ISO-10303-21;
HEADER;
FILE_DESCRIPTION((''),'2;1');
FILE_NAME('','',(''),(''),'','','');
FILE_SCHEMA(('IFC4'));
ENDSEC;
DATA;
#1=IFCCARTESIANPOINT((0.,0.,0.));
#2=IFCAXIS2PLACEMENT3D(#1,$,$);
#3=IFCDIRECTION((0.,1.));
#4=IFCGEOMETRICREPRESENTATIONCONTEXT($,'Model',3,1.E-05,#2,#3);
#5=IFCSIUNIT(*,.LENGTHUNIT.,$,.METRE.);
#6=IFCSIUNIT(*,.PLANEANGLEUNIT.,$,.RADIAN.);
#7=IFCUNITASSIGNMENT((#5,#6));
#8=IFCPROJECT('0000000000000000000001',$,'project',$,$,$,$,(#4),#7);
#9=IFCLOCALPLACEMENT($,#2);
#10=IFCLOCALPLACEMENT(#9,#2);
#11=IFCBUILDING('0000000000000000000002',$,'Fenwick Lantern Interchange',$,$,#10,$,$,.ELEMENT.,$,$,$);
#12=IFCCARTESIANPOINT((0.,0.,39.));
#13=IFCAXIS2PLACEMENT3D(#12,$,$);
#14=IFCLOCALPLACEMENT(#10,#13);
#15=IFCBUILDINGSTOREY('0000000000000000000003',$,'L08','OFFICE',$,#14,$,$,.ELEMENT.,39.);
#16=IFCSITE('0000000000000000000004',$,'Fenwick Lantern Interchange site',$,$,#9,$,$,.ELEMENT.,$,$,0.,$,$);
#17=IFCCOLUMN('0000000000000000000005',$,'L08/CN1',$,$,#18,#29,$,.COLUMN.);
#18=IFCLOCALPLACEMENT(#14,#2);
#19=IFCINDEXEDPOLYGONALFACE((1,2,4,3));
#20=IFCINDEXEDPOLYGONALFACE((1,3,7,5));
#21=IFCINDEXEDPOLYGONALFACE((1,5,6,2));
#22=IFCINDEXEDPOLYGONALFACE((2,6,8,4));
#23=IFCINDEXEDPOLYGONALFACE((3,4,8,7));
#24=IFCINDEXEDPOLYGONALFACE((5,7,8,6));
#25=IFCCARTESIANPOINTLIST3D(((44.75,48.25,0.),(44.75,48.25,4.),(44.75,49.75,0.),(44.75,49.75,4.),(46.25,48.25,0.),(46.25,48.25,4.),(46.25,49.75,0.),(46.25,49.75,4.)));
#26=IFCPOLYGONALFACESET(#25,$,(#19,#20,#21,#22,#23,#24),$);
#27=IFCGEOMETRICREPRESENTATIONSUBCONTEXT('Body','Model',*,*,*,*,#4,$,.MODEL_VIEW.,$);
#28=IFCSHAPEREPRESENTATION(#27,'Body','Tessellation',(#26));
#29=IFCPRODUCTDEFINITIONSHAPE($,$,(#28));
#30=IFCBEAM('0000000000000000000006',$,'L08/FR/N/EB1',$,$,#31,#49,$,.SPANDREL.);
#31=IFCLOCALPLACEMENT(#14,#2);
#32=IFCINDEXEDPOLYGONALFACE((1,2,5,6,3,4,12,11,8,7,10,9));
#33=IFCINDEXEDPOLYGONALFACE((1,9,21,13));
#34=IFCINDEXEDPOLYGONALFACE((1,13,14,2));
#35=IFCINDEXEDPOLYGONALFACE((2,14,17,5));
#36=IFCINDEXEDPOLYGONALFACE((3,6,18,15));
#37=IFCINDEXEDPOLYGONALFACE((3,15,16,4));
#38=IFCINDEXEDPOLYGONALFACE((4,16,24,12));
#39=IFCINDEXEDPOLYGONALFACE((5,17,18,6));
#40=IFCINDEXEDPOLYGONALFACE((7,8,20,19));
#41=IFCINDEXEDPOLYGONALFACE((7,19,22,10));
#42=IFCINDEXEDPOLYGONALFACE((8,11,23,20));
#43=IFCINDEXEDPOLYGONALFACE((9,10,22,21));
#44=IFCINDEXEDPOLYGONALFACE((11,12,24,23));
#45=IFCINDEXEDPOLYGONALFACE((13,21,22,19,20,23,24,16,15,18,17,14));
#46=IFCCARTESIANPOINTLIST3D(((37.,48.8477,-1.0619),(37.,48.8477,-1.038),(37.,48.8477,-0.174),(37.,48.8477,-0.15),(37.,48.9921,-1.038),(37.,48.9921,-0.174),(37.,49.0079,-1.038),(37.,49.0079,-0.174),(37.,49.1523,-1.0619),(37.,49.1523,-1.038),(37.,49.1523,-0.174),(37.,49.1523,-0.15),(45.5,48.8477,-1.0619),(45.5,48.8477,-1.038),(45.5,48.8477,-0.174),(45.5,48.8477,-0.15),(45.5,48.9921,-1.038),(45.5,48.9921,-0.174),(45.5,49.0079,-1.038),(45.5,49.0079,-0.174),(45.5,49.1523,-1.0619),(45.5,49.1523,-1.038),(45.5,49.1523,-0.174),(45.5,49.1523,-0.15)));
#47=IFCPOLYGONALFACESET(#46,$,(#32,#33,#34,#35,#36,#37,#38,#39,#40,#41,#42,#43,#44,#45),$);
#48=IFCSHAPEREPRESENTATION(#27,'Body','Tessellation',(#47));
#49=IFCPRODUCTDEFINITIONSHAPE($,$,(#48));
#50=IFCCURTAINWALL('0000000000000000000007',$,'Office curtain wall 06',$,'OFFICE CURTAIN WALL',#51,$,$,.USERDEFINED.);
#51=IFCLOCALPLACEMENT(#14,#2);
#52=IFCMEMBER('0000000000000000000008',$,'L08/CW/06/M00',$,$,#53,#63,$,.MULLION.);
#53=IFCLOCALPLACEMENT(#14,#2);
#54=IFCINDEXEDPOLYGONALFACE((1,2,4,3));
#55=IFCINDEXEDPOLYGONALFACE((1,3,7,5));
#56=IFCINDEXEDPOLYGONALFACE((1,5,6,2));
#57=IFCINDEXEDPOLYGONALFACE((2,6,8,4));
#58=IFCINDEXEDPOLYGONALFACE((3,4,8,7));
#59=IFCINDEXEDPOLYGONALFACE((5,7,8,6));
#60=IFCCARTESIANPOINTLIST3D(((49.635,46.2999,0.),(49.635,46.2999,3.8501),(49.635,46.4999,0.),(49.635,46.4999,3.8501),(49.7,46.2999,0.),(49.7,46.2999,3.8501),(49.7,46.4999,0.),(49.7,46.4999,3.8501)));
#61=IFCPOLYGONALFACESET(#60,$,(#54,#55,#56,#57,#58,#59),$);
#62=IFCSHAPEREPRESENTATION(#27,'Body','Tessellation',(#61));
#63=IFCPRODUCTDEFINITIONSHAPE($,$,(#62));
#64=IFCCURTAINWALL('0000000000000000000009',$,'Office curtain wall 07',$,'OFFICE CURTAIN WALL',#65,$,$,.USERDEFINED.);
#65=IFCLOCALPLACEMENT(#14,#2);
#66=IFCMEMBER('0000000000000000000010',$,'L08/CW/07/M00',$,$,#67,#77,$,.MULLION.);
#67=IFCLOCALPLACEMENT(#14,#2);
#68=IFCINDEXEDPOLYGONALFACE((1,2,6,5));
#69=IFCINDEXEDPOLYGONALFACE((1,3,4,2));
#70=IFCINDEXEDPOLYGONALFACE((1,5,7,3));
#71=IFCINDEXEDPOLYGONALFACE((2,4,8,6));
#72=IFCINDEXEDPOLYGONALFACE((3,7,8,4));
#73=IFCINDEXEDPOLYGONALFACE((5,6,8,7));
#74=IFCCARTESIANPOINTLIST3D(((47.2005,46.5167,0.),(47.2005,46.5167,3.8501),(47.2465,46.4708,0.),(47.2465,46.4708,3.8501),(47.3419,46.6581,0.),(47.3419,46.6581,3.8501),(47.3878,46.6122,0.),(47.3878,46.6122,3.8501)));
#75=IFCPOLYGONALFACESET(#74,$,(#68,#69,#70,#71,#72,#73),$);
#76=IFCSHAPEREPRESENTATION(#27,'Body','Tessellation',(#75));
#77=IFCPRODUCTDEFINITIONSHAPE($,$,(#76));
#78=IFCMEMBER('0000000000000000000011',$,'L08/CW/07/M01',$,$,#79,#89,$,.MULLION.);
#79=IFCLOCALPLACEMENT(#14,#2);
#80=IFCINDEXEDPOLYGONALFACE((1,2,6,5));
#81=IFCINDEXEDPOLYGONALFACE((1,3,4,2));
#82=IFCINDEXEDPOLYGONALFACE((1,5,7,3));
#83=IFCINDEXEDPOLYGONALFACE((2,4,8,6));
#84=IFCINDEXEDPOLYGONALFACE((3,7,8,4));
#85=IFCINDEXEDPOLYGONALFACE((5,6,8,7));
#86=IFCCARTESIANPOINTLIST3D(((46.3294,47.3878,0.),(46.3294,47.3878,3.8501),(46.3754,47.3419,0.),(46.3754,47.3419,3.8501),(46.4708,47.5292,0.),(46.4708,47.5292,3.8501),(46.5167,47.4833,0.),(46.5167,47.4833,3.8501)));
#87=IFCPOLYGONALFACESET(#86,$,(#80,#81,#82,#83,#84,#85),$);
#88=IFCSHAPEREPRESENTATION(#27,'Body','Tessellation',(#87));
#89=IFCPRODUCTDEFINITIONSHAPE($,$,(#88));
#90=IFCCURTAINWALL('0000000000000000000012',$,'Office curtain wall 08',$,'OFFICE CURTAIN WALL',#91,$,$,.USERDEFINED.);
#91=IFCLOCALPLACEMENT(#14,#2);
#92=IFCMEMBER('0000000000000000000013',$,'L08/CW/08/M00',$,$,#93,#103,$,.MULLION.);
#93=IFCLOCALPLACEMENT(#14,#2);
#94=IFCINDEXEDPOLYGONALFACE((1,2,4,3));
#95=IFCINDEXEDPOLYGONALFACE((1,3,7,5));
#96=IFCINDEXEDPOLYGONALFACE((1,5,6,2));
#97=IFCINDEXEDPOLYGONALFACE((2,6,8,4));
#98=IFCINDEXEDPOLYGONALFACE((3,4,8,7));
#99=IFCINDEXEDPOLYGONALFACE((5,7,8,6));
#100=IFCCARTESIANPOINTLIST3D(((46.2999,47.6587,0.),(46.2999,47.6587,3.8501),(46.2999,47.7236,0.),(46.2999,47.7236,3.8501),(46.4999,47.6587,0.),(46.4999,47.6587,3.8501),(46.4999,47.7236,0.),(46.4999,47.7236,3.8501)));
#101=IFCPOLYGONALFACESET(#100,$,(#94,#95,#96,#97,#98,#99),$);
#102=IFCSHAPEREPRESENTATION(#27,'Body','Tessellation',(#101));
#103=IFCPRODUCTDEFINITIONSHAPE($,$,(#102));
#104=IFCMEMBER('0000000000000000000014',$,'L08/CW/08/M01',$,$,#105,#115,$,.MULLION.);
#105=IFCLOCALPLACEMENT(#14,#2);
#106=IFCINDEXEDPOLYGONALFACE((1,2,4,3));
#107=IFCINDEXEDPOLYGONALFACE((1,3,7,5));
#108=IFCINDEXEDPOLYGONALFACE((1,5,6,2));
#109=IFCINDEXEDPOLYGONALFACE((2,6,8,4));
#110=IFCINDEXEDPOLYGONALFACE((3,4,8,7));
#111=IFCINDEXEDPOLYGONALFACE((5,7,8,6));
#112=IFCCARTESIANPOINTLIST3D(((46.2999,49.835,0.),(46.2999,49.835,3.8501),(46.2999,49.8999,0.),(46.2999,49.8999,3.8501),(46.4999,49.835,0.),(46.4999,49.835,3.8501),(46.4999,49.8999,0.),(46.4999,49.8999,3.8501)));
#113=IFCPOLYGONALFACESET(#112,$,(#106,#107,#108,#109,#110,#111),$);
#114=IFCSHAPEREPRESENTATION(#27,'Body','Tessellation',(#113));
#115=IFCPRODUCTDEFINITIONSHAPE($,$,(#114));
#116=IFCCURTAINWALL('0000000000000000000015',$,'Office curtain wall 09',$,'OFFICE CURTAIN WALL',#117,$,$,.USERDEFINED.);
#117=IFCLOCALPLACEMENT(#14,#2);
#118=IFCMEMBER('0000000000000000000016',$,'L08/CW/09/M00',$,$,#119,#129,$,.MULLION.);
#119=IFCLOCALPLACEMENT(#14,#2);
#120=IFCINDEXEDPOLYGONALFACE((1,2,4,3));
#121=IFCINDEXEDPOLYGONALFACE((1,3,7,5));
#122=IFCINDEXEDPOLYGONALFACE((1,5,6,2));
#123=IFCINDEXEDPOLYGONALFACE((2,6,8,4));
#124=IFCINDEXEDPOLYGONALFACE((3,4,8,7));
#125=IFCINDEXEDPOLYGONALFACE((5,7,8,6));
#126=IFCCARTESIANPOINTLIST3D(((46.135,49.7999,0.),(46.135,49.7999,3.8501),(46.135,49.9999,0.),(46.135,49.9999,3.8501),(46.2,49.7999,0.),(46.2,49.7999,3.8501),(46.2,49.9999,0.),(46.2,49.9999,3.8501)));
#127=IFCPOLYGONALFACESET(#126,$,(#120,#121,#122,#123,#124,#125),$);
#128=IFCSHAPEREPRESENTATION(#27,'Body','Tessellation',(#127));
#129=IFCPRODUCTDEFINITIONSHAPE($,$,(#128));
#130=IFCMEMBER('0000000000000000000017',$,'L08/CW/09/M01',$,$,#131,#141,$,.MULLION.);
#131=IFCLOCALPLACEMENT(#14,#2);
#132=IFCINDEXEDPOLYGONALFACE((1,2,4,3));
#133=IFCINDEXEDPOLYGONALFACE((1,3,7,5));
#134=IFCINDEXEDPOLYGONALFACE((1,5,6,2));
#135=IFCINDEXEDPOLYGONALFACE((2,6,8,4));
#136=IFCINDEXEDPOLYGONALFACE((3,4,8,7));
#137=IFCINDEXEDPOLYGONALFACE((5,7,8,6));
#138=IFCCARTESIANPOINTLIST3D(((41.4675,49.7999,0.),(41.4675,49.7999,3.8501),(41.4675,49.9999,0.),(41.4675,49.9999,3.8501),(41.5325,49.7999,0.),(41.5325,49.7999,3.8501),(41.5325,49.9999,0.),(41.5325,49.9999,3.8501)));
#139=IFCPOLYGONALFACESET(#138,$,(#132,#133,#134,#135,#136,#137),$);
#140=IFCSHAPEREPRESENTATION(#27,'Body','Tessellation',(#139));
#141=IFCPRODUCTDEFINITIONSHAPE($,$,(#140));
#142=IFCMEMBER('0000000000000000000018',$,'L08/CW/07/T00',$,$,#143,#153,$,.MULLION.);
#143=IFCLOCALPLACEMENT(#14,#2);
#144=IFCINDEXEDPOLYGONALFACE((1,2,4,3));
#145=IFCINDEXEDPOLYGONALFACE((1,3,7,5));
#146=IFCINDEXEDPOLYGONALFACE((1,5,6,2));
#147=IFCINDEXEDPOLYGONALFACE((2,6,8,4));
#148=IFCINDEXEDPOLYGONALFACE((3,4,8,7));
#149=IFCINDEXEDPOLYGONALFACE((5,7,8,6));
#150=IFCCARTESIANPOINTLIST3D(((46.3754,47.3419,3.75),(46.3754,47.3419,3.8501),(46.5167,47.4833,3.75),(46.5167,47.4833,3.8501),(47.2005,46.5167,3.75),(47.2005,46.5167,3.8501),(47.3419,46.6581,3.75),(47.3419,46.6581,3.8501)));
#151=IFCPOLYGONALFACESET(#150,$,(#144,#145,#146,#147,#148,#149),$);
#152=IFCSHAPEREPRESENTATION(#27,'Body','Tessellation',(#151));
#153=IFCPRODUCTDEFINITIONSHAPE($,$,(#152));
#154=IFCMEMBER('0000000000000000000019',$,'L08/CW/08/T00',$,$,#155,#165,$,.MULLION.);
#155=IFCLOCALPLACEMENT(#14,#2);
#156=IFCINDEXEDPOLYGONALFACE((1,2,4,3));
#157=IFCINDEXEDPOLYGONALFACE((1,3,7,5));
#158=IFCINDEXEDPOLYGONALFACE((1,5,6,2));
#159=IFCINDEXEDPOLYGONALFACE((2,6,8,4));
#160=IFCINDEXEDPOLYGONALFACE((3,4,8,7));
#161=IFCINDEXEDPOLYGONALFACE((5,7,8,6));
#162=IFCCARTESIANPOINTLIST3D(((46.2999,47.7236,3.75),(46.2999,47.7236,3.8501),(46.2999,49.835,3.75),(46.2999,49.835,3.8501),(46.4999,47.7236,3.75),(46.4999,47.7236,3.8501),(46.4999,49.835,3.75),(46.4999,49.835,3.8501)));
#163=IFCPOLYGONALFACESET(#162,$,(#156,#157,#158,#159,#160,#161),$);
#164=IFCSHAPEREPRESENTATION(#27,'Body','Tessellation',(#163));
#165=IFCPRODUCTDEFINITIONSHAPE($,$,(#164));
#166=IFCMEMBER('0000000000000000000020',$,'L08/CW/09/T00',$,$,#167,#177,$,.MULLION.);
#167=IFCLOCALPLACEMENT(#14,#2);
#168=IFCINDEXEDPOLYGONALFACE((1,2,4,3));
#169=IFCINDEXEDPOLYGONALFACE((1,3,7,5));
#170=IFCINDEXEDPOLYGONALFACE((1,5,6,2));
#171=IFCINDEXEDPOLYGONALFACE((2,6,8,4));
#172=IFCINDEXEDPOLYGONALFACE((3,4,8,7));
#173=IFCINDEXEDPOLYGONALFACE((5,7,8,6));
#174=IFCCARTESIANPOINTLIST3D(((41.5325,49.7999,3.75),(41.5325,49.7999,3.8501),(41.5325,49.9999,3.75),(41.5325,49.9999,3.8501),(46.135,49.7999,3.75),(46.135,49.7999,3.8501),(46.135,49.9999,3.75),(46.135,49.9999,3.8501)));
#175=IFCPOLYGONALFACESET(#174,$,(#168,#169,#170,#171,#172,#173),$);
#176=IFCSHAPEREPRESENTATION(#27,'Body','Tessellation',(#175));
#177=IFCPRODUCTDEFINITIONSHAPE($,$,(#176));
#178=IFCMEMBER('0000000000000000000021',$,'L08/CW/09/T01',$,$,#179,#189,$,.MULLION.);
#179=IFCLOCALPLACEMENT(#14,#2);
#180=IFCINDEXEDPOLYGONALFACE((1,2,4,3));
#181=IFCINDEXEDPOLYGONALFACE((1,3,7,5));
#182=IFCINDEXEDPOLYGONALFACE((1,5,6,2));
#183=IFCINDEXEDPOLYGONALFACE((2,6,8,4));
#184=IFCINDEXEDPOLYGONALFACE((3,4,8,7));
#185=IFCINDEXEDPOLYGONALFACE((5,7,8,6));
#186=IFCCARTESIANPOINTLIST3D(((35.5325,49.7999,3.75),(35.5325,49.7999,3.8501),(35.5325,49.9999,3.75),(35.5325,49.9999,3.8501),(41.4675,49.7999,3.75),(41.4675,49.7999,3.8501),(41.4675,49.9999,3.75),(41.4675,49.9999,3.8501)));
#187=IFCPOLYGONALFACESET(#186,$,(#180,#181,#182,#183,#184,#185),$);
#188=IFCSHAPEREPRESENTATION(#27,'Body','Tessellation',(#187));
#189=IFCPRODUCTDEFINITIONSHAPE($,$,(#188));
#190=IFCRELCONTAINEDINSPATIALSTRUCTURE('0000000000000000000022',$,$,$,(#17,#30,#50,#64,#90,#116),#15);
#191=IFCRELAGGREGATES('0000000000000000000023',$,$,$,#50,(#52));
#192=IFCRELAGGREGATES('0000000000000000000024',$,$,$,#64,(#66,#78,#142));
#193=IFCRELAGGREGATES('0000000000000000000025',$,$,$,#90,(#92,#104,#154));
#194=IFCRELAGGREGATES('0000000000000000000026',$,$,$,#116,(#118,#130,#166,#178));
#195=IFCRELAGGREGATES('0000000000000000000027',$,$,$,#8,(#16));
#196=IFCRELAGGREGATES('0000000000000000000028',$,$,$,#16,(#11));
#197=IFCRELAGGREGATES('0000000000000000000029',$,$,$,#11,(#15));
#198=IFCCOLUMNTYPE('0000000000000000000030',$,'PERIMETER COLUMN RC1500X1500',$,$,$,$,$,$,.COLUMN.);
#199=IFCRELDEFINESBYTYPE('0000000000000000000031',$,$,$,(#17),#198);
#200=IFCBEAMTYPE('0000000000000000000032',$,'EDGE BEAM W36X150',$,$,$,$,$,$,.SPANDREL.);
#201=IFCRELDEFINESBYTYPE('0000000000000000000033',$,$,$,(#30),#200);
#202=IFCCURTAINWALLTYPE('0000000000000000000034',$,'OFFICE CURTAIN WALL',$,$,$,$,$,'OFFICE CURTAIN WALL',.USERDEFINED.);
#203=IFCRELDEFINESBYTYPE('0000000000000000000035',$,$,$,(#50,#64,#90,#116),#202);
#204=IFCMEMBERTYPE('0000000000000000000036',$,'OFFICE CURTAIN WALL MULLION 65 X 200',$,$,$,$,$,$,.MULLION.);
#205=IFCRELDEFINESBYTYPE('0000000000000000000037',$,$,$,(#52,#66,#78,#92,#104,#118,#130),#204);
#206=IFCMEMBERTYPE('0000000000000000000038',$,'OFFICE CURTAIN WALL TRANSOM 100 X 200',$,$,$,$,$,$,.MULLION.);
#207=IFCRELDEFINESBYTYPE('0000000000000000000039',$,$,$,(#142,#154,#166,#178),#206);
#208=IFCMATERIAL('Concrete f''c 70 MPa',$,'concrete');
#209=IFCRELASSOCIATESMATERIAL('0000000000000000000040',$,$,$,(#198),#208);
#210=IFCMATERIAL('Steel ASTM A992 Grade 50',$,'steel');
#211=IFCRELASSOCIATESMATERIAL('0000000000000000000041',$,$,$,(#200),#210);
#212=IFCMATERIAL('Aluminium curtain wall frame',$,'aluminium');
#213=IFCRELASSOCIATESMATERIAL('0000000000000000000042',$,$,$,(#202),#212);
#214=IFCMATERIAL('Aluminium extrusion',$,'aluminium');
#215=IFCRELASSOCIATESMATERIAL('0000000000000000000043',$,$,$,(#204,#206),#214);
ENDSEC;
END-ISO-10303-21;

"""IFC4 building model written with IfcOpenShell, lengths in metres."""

from ifc_helpers import new_model, si_unit, direction, frame, origin, origin_2d, place, context, subcontext, project, spatial, rectangle, i_section, extrude, material, material_profile, profile_set, type_object, element, aggregate, save


model = new_model("IFC4")

# Units and contexts
model_context = context("Model", 3, precision=1e-05, world=origin(), true_north=direction((0.0, 1.0)))
body_context = subcontext(model_context, "Body", "Model", "MODEL_VIEW")
ifc_project = project(units=[si_unit("LENGTHUNIT", "METRE"), si_unit("PLANEANGLEUNIT", "RADIAN")], contexts=[model_context])

# Site, building, storey
site_placement = place(None, origin())
site = spatial("IfcSite", under=ifc_project, at=site_placement, Name="Fenwick Lantern Interchange site", CompositionType="ELEMENT", RefElevation=0.0)
building_placement = place(site_placement, origin())
building = spatial("IfcBuilding", under=site, at=building_placement, Name="Fenwick Lantern Interchange", CompositionType="ELEMENT")
storey_placement = place(building_placement, frame((0.0, 0.0, 39.0)))
storey = spatial("IfcBuildingStorey", under=building, at=storey_placement, Name="L08", Description="OFFICE", CompositionType="ELEMENT", Elevation=39.0)

# Column
ifc_material_1 = material(Name="Concrete f'c 70 MPa", Category="concrete")
ifc_material_profile_1 = material_profile(ifc_material_1, rectangle(XDim=1.5, YDim=1.5, at=origin_2d()), Name="RC1500X1500")
ifc_profile_set_1 = profile_set([ifc_material_profile_1], Name="Concrete f'c 70 MPa")
column_type = type_object("IfcColumnType", Name="PERIMETER COLUMN RC1500X1500", PredefinedType="COLUMN", material=ifc_profile_set_1)
column_placement = place(storey_placement, frame((45.5, 49.0, 0.0), z_axis=(0.0, 0.0, 1.0), x_axis=(1.0, 0.0, 0.0)))
element("IfcColumn", 1, at=column_placement, inside=storey, type_object=column_type, Name="L08/CN1", PredefinedType="COLUMN", context=body_context, shape_type="SweptSolid", body=[
    extrude(rectangle(XDim=1.5, YDim=1.5, at=origin_2d()), origin(), (0.0, 0.0, 1.0), 4.0),
])

# Beam
ifc_material_2 = material(Name="Steel ASTM A992 Grade 50", Category="steel")
ifc_material_profile_2 = material_profile(ifc_material_2, i_section(OverallWidth=0.3047, OverallDepth=0.9119, WebThickness=0.0159, FlangeThickness=0.0239, at=origin_2d()), Name="W36X150")
ifc_profile_set_2 = profile_set([ifc_material_profile_2], Name="Steel ASTM A992 Grade 50")
beam_type = type_object("IfcBeamType", Name="EDGE BEAM W36X150", PredefinedType="SPANDREL", material=ifc_profile_set_2)
beam_placement = place(storey_placement, frame((45.5, 49.0, -0.606), z_axis=(-1.0, 0.0, 0.0), x_axis=(0.0, -1.0, 0.0)))
element("IfcBeam", 2, at=beam_placement, inside=storey, type_object=beam_type, Name="L08/FR/N/EB1", PredefinedType="SPANDREL", context=body_context, shape_type="SweptSolid", body=[
    extrude(i_section(OverallWidth=0.3047, OverallDepth=0.9119, WebThickness=0.0159, FlangeThickness=0.0239, at=origin_2d()), origin(), (0.0, 0.0, 1.0), 8.5),
])

# Curtain wall, member
ifc_material_3 = material(Name="Aluminium curtain wall frame", Category="aluminium")
curtain_wall_type = type_object("IfcCurtainWallType", Name="OFFICE CURTAIN WALL", ElementType="OFFICE CURTAIN WALL", PredefinedType="USERDEFINED", material=ifc_material_3)
curtain_wall_1_placement = place(storey_placement, origin())
curtain_wall_1 = element("IfcCurtainWall", 3, at=curtain_wall_1_placement, inside=storey, type_object=curtain_wall_type, Name="Office curtain wall 06", ObjectType="OFFICE CURTAIN WALL", PredefinedType="USERDEFINED")
ifc_material_4 = material(Name="Aluminium extrusion", Category="aluminium")
ifc_material_profile_3 = material_profile(ifc_material_4, rectangle(XDim=0.2, YDim=0.0649, at=origin_2d()), Name="OFFICE CURTAIN WALL MULLION 65 X 200")
ifc_profile_set_3 = profile_set([ifc_material_profile_3], Name="Aluminium extrusion")
member_type_1 = type_object("IfcMemberType", Name="OFFICE CURTAIN WALL MULLION 65 X 200", PredefinedType="MULLION", material=ifc_profile_set_3)
member_1_placement = place(storey_placement, frame((49.6675, 46.3999, 0.0), z_axis=(0.0, 0.0, 1.0), x_axis=(0.0, -1.0, 0.0)))
member_1 = element("IfcMember", 4, at=member_1_placement, type_object=member_type_1, Name="L08/CW/06/M00", PredefinedType="MULLION", context=body_context, shape_type="SweptSolid", body=[
    extrude(rectangle(XDim=0.2, YDim=0.0649, at=origin_2d()), origin(), (0.0, 0.0, 1.0), 3.8501),
])
aggregate(curtain_wall_1, [member_1])

# Curtain walls, members
curtain_wall_2_placement = place(storey_placement, origin())
curtain_wall_2 = element("IfcCurtainWall", 5, at=curtain_wall_2_placement, inside=storey, type_object=curtain_wall_type, Name="Office curtain wall 07", ObjectType="OFFICE CURTAIN WALL", PredefinedType="USERDEFINED")
member_2_placement = place(storey_placement, frame((47.2942, 46.5645, 0.0), z_axis=(0.0, 0.0, 1.0), x_axis=(-0.707107, -0.707107, 0.0)))
member_2 = element("IfcMember", 6, at=member_2_placement, type_object=member_type_1, Name="L08/CW/07/M00", PredefinedType="MULLION", context=body_context, shape_type="SweptSolid", body=[
    extrude(rectangle(XDim=0.2, YDim=0.0649, at=origin_2d()), origin(), (0.0, 0.0, 1.0), 3.8501),
])
member_3_placement = place(storey_placement, frame((46.4231, 47.4355, 0.0), z_axis=(0.0, 0.0, 1.0), x_axis=(-0.707107, -0.707107, 0.0)))
member_3 = element("IfcMember", 7, at=member_3_placement, type_object=member_type_1, Name="L08/CW/07/M01", PredefinedType="MULLION", context=body_context, shape_type="SweptSolid", body=[
    extrude(rectangle(XDim=0.2, YDim=0.0649, at=origin_2d()), origin(), (0.0, 0.0, 1.0), 3.8501),
])
curtain_wall_3_placement = place(storey_placement, origin())
curtain_wall_3 = element("IfcCurtainWall", 8, at=curtain_wall_3_placement, inside=storey, type_object=curtain_wall_type, Name="Office curtain wall 08", ObjectType="OFFICE CURTAIN WALL", PredefinedType="USERDEFINED")
member_4_placement = place(storey_placement, frame((46.3999, 47.6912, 0.0), z_axis=(0.0, 0.0, 1.0), x_axis=(-1.0, 0.0, 0.0)))
member_4 = element("IfcMember", 9, at=member_4_placement, type_object=member_type_1, Name="L08/CW/08/M00", PredefinedType="MULLION", context=body_context, shape_type="SweptSolid", body=[
    extrude(rectangle(XDim=0.2, YDim=0.0649, at=origin_2d()), origin(), (0.0, 0.0, 1.0), 3.8501),
])
member_5_placement = place(storey_placement, frame((46.3999, 49.8674, 0.0), z_axis=(0.0, 0.0, 1.0), x_axis=(-1.0, 0.0, 0.0)))
member_5 = element("IfcMember", 10, at=member_5_placement, type_object=member_type_1, Name="L08/CW/08/M01", PredefinedType="MULLION", context=body_context, shape_type="SweptSolid", body=[
    extrude(rectangle(XDim=0.2, YDim=0.0649, at=origin_2d()), origin(), (0.0, 0.0, 1.0), 3.8501),
])
curtain_wall_4_placement = place(storey_placement, origin())
curtain_wall_4 = element("IfcCurtainWall", 11, at=curtain_wall_4_placement, inside=storey, type_object=curtain_wall_type, Name="Office curtain wall 09", ObjectType="OFFICE CURTAIN WALL", PredefinedType="USERDEFINED")
member_6_placement = place(storey_placement, frame((46.1675, 49.8999, 0.0), z_axis=(0.0, 0.0, 1.0), x_axis=(0.0, -1.0, 0.0)))
member_6 = element("IfcMember", 12, at=member_6_placement, type_object=member_type_1, Name="L08/CW/09/M00", PredefinedType="MULLION", context=body_context, shape_type="SweptSolid", body=[
    extrude(rectangle(XDim=0.2, YDim=0.0649, at=origin_2d()), origin(), (0.0, 0.0, 1.0), 3.8501),
])
member_7_placement = place(storey_placement, frame((41.5, 49.8999, 0.0), z_axis=(0.0, 0.0, 1.0), x_axis=(0.0, -1.0, 0.0)))
member_7 = element("IfcMember", 13, at=member_7_placement, type_object=member_type_1, Name="L08/CW/09/M01", PredefinedType="MULLION", context=body_context, shape_type="SweptSolid", body=[
    extrude(rectangle(XDim=0.2, YDim=0.0649, at=origin_2d()), origin(), (0.0, 0.0, 1.0), 3.8501),
])

# Members
ifc_material_profile_4 = material_profile(ifc_material_4, rectangle(XDim=0.2, YDim=0.1001, at=origin_2d()), Name="OFFICE CURTAIN WALL TRANSOM 100 X 200")
ifc_profile_set_4 = profile_set([ifc_material_profile_4], Name="Aluminium extrusion")
member_type_2 = type_object("IfcMemberType", Name="OFFICE CURTAIN WALL TRANSOM 100 X 200", PredefinedType="MULLION", material=ifc_profile_set_4)
member_8_placement = place(storey_placement, frame((47.2712, 46.5874, 3.8), z_axis=(-0.707107, 0.707107, 0.0), x_axis=(-0.707107, -0.707107, 0.0)))
member_8 = element("IfcMember", 14, at=member_8_placement, type_object=member_type_2, Name="L08/CW/07/T00", PredefinedType="MULLION", context=body_context, shape_type="SweptSolid", body=[
    extrude(rectangle(XDim=0.2, YDim=0.1001, at=origin_2d()), origin(), (0.0, 0.0, 1.0), 1.167),
])
aggregate(curtain_wall_2, [member_2, member_3, member_8])
member_9_placement = place(storey_placement, frame((46.3999, 47.7236, 3.8), z_axis=(0.0, 1.0, 0.0), x_axis=(-1.0, 0.0, 0.0)))
member_9 = element("IfcMember", 15, at=member_9_placement, type_object=member_type_2, Name="L08/CW/08/T00", PredefinedType="MULLION", context=body_context, shape_type="SweptSolid", body=[
    extrude(rectangle(XDim=0.2, YDim=0.1001, at=origin_2d()), origin(), (0.0, 0.0, 1.0), 2.1113),
])
aggregate(curtain_wall_3, [member_4, member_5, member_9])
member_10_placement = place(storey_placement, frame((46.135, 49.8999, 3.8), z_axis=(-1.0, 0.0, 0.0), x_axis=(0.0, -1.0, 0.0)))
member_10 = element("IfcMember", 16, at=member_10_placement, type_object=member_type_2, Name="L08/CW/09/T00", PredefinedType="MULLION", context=body_context, shape_type="SweptSolid", body=[
    extrude(rectangle(XDim=0.2, YDim=0.1001, at=origin_2d()), origin(), (0.0, 0.0, 1.0), 4.6025),
])
member_11_placement = place(storey_placement, frame((41.4675, 49.8999, 3.8), z_axis=(-1.0, 0.0, 0.0), x_axis=(0.0, -1.0, 0.0)))
member_11 = element("IfcMember", 17, at=member_11_placement, type_object=member_type_2, Name="L08/CW/09/T01", PredefinedType="MULLION", context=body_context, shape_type="SweptSolid", body=[
    extrude(rectangle(XDim=0.2, YDim=0.1001, at=origin_2d()), origin(), (0.0, 0.0, 1.0), 5.9351),
])

aggregate(curtain_wall_4, [member_6, member_7, member_10, member_11])

save(model, "model.ifc")
